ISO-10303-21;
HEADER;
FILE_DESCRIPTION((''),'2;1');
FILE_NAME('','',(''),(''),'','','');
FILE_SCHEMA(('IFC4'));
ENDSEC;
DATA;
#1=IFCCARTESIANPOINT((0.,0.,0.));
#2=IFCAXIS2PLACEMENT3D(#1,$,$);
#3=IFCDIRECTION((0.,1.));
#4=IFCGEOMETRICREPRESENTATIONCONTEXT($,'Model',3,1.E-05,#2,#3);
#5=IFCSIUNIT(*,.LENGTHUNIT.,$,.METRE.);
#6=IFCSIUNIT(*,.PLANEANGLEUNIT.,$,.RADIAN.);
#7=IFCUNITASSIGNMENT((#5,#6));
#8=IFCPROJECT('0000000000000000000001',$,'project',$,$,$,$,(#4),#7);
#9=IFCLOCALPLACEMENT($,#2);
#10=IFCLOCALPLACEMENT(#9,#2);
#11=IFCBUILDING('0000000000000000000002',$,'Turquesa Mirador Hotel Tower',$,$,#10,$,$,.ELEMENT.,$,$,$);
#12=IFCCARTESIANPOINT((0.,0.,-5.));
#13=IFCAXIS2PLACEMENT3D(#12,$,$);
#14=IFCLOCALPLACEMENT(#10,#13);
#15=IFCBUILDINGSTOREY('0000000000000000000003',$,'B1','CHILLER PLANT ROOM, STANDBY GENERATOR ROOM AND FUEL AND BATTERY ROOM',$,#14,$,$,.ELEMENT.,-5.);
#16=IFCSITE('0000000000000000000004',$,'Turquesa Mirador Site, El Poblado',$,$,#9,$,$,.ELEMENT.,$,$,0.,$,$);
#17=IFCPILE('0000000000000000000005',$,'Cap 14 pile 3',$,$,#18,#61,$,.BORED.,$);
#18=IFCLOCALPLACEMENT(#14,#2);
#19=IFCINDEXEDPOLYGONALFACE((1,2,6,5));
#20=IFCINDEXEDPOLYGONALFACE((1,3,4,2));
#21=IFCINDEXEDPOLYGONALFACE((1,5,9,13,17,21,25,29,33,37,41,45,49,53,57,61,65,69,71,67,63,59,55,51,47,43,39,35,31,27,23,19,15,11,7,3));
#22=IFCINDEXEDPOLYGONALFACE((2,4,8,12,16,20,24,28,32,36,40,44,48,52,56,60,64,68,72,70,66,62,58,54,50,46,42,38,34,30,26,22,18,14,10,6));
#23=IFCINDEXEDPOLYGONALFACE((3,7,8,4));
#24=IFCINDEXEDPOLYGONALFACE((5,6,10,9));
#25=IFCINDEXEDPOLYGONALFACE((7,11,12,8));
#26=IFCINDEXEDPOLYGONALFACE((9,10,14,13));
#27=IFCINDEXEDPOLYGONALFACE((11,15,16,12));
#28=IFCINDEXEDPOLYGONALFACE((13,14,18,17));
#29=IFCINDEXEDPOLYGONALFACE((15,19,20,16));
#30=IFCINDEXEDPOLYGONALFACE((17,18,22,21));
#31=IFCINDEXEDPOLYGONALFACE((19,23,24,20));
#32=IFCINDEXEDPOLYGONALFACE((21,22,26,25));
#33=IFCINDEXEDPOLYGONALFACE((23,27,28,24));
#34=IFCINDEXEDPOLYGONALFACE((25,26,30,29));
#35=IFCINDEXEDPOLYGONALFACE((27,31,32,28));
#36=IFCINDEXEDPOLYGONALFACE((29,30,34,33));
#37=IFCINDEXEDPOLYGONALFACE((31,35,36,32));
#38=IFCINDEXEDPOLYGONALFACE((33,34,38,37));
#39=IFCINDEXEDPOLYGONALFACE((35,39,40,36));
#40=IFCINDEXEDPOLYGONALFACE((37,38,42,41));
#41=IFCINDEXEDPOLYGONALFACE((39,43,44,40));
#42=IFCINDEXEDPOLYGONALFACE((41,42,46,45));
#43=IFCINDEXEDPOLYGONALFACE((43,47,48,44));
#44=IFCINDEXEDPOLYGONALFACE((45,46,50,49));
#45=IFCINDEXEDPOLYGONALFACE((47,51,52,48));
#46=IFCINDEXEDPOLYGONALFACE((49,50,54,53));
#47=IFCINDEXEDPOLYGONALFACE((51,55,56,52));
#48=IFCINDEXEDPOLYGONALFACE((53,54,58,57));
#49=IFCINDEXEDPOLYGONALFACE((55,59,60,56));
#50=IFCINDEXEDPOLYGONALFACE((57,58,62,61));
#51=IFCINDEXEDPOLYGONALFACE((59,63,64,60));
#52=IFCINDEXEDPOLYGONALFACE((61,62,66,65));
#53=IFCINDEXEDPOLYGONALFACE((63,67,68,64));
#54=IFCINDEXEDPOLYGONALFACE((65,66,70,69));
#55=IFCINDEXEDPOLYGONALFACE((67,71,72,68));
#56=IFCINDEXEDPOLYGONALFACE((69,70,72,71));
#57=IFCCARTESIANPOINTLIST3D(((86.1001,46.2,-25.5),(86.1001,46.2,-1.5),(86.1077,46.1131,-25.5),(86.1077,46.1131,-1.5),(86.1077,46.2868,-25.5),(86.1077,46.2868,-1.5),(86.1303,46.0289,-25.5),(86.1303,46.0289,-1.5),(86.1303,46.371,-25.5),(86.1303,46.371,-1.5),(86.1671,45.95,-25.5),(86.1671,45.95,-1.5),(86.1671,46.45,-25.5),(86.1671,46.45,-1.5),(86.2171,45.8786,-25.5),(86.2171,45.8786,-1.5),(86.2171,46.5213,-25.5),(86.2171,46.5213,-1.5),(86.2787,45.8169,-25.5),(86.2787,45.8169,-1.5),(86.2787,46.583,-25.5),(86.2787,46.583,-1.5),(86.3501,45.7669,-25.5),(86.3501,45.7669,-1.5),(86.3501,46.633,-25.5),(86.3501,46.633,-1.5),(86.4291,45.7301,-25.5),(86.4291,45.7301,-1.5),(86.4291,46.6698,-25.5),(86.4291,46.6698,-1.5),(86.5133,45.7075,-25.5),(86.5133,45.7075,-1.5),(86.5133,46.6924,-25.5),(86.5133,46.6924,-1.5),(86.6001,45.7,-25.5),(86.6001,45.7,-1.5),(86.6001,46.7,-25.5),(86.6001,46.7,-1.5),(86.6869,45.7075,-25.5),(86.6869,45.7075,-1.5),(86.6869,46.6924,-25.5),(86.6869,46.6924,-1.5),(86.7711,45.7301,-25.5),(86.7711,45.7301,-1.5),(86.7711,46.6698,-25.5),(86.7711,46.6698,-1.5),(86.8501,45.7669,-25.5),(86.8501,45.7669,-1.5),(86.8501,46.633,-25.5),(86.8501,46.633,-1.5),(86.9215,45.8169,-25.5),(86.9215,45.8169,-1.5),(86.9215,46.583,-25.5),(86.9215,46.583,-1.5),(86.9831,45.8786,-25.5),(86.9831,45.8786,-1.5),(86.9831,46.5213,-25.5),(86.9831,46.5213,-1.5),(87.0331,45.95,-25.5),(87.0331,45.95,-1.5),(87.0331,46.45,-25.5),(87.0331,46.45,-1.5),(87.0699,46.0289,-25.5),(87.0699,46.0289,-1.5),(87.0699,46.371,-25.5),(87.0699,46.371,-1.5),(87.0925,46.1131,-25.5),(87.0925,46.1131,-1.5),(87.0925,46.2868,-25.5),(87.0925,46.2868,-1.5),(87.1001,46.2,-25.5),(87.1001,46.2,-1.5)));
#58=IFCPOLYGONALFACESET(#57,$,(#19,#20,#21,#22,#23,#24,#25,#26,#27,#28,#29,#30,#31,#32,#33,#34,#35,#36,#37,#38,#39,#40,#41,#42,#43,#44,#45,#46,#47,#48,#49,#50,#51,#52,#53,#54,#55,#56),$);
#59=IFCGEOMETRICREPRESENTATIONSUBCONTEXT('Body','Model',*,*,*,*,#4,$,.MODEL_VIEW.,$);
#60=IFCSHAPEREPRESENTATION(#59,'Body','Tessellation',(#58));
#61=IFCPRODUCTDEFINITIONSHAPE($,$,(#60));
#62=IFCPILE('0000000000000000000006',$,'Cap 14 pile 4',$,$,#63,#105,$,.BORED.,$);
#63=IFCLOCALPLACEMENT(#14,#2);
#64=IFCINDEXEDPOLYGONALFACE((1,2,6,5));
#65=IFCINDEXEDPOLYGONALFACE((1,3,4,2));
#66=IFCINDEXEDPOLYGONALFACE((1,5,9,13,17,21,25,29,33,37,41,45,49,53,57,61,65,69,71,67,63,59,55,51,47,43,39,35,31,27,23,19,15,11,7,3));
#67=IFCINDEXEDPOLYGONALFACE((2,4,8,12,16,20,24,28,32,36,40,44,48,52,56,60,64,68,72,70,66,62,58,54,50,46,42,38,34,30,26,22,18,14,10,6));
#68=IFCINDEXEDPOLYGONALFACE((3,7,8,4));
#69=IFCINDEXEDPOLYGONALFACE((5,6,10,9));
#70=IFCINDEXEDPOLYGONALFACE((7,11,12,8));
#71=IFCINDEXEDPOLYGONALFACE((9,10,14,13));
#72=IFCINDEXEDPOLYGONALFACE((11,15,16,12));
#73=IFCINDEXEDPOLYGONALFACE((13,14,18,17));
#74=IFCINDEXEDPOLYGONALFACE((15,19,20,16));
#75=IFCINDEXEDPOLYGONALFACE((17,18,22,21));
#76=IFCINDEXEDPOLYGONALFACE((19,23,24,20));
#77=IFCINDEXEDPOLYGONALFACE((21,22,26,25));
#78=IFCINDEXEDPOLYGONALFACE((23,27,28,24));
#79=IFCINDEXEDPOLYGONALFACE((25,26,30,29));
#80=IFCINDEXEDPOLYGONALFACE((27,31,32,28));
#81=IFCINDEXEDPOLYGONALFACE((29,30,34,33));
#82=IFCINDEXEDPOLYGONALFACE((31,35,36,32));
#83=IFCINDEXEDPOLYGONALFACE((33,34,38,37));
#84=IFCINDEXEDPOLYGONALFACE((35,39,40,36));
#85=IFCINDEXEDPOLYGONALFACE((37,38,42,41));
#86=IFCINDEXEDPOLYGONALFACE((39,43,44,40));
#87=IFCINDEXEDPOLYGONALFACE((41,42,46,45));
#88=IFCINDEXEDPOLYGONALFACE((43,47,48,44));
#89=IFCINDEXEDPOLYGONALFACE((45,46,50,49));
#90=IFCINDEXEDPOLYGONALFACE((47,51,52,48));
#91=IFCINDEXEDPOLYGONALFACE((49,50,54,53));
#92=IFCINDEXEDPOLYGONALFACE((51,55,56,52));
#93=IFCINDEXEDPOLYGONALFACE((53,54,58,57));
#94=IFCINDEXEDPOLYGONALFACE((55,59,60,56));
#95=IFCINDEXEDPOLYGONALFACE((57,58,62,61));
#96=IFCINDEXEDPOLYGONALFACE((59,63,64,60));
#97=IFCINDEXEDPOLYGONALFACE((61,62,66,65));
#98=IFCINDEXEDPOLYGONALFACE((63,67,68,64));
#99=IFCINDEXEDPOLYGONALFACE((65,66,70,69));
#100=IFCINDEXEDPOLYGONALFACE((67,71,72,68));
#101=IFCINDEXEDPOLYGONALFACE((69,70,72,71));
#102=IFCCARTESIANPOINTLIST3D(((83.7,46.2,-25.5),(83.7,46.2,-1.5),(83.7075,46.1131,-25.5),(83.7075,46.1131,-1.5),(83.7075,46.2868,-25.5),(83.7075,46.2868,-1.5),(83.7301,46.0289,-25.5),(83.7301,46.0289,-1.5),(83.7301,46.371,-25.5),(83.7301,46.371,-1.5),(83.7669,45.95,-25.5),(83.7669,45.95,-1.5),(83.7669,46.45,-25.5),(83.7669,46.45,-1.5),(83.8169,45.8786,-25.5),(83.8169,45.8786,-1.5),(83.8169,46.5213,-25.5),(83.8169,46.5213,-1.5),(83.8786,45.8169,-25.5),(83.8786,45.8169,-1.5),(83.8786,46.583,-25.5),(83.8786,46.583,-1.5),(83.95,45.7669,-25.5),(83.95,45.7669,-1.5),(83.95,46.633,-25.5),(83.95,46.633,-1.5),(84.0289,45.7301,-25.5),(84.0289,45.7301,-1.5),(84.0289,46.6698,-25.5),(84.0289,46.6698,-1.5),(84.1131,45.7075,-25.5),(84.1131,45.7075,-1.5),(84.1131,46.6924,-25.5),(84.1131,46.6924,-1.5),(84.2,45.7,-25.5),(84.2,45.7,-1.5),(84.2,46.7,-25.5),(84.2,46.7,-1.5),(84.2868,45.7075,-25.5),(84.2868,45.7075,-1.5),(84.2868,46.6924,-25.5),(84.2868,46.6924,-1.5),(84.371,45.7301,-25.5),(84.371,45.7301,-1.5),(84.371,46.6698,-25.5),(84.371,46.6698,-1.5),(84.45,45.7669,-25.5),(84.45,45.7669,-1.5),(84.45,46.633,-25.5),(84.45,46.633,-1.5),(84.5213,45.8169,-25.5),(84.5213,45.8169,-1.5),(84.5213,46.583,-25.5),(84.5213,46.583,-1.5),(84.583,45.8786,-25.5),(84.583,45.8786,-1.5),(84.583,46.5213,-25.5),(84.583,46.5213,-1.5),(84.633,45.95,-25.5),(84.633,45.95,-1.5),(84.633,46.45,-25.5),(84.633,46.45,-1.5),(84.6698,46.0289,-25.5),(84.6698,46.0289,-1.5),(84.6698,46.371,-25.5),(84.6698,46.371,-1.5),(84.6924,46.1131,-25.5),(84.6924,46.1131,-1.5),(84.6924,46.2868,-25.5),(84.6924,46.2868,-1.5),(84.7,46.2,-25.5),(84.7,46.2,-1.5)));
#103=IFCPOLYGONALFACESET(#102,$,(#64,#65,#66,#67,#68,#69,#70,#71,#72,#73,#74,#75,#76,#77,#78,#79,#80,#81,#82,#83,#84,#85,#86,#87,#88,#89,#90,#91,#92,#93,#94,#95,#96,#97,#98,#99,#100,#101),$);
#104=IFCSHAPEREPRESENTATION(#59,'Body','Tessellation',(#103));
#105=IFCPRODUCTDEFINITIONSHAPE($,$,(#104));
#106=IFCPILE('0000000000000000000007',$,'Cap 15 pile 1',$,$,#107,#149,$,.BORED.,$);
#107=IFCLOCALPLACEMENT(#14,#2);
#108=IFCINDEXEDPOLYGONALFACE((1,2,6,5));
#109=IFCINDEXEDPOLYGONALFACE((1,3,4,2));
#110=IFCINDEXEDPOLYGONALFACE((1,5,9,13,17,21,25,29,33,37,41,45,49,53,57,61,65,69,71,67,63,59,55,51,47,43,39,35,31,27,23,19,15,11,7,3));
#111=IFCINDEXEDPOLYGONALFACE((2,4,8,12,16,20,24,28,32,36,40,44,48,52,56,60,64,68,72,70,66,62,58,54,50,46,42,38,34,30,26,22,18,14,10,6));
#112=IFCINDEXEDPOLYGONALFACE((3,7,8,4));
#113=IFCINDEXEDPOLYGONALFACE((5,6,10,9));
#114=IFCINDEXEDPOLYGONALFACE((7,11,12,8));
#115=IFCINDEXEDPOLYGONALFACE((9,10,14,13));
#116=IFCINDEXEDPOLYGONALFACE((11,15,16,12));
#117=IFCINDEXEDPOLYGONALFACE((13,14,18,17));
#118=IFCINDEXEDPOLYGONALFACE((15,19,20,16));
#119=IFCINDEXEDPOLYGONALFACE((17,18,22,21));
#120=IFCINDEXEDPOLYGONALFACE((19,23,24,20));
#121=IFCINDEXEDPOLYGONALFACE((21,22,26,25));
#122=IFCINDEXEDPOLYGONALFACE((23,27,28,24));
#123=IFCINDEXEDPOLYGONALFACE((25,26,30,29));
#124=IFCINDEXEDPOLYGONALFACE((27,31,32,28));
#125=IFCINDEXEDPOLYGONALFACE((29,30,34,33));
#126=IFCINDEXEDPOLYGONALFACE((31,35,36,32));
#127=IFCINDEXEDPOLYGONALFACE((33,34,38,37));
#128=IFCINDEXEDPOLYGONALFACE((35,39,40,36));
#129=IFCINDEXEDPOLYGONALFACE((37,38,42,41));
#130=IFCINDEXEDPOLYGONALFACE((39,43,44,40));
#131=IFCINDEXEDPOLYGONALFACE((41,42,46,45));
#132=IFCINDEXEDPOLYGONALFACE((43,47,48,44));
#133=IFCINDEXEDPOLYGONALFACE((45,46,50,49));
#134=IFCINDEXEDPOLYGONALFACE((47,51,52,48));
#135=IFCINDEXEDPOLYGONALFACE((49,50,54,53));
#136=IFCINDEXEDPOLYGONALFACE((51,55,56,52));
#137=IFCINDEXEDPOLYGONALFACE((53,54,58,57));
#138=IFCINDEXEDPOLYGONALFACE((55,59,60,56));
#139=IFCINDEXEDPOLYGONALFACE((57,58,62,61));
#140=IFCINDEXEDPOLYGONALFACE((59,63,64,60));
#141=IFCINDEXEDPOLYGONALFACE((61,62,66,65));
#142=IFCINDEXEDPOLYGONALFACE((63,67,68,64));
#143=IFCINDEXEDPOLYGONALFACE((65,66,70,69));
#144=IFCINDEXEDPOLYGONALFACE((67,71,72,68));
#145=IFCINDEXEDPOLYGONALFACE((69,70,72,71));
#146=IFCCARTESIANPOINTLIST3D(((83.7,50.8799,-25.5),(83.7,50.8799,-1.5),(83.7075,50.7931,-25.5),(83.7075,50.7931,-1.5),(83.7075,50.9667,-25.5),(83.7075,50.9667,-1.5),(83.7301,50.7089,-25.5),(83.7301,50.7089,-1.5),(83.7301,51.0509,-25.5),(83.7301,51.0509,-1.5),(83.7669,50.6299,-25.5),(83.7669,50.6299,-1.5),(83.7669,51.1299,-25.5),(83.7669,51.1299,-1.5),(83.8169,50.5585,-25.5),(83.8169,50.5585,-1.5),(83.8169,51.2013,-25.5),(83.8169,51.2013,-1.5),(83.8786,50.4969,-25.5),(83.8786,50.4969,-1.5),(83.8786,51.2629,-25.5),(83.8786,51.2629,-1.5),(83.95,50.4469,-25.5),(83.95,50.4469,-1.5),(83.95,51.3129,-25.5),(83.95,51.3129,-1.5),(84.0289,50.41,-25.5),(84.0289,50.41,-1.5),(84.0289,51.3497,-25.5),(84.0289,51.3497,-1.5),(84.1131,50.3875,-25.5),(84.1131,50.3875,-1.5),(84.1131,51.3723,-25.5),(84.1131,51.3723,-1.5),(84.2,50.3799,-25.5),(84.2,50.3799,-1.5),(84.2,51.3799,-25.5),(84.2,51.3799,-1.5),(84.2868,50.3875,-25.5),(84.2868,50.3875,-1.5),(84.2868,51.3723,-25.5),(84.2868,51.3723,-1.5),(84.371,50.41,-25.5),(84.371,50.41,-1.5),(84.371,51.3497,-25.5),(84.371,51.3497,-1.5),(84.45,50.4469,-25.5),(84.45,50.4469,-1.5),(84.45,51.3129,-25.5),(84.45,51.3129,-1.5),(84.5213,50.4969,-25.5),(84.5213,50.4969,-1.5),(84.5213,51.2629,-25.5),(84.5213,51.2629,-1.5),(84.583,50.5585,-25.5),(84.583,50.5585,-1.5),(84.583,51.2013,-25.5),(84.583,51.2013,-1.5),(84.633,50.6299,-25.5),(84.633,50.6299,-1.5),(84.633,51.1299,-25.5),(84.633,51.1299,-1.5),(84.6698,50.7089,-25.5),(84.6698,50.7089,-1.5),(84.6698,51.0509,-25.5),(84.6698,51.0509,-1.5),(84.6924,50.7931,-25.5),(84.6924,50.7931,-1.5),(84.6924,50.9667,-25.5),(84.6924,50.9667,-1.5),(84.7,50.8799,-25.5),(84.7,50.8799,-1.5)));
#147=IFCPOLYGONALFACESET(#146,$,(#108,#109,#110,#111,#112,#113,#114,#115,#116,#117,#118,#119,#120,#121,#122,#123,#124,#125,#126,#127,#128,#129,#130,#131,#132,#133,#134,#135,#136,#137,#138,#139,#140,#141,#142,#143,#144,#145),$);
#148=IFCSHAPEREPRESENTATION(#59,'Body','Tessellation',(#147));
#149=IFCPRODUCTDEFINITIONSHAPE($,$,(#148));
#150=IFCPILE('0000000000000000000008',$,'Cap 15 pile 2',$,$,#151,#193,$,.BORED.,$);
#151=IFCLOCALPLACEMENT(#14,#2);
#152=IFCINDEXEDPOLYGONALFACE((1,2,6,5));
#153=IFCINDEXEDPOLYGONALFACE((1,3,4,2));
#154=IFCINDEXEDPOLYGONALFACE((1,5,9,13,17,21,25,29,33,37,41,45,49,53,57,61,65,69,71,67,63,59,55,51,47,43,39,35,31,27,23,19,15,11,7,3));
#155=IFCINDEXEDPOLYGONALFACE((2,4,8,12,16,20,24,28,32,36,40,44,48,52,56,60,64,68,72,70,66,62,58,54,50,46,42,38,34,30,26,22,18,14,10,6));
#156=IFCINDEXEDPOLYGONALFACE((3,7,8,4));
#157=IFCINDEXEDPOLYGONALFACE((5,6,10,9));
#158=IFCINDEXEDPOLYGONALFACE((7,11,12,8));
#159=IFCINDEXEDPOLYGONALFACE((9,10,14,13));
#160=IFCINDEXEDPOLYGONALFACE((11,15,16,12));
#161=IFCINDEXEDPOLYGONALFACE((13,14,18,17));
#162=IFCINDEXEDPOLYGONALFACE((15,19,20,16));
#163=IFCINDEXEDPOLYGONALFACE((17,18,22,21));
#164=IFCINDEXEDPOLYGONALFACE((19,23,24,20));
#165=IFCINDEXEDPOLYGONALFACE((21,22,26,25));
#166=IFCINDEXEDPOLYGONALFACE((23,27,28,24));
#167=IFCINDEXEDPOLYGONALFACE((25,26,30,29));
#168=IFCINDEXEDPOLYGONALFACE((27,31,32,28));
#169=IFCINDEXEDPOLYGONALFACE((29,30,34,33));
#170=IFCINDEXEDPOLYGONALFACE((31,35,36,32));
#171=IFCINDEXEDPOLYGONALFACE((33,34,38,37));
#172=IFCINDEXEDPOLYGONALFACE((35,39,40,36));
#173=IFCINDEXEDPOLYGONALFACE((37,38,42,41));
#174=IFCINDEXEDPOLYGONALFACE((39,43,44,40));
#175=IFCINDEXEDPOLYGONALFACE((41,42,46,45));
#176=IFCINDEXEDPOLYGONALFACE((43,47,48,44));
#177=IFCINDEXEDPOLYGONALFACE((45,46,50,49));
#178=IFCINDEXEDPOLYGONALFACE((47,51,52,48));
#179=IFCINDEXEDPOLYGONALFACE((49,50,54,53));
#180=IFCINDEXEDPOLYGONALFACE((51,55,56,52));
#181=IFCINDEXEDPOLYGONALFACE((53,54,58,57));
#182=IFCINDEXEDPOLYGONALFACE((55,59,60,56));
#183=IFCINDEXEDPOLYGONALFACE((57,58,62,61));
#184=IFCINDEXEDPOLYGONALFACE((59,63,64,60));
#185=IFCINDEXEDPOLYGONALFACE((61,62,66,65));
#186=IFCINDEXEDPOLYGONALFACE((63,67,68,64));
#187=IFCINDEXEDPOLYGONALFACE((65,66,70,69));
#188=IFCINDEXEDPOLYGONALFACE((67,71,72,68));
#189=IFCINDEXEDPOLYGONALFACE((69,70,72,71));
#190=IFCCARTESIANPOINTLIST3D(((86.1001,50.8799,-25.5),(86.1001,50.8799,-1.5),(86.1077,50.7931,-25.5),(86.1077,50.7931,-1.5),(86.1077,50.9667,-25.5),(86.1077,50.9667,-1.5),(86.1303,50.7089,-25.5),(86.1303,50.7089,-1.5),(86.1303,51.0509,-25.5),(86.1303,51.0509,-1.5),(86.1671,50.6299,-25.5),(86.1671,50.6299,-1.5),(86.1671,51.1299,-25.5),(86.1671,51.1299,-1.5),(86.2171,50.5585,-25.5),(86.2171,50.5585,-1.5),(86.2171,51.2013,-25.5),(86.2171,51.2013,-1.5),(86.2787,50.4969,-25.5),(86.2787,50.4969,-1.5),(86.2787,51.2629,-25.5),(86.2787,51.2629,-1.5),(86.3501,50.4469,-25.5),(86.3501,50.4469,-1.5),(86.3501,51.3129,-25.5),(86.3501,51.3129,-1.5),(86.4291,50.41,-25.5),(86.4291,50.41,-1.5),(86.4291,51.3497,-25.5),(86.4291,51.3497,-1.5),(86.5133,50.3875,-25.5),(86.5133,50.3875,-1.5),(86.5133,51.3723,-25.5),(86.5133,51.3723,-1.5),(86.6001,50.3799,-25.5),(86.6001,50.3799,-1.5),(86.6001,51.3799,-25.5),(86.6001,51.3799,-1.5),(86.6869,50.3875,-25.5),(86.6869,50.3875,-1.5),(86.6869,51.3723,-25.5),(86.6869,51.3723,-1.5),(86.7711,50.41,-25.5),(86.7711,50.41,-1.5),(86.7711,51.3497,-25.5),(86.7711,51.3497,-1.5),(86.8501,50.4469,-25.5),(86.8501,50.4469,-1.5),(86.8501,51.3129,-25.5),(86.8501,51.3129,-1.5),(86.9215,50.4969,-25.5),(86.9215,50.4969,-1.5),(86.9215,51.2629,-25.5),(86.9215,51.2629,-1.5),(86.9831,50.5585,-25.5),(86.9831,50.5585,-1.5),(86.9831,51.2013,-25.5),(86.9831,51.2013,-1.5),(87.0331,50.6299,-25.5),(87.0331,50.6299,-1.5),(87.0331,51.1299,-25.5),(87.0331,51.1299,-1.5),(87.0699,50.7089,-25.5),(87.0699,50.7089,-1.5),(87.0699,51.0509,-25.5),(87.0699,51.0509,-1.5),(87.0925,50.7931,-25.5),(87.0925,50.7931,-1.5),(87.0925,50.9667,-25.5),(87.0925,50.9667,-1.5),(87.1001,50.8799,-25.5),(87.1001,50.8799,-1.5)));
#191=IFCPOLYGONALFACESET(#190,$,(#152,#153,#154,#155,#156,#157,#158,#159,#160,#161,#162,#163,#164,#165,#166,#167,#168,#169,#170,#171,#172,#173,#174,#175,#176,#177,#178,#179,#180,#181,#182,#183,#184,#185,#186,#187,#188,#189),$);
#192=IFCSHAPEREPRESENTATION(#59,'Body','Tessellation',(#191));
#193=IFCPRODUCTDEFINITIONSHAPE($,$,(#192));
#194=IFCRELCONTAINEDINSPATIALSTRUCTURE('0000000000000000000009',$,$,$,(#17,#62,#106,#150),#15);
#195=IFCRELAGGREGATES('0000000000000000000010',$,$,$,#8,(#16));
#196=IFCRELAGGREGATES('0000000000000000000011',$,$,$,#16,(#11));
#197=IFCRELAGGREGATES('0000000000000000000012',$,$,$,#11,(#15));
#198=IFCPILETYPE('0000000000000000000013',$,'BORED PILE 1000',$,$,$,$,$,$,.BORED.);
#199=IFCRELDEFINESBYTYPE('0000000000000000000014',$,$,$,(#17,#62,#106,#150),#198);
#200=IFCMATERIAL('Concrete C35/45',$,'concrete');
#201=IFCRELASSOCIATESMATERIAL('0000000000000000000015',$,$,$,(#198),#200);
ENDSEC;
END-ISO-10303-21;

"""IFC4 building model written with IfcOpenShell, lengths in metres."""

from ifc_helpers import new_model, si_unit, direction, frame, origin, origin_2d, place, context, subcontext, project, spatial, circle, extrude, material, type_object, element, save


model = new_model("IFC4")

# Units and contexts
model_context = context("Model", 3, precision=1e-05, world=origin(), true_north=direction((0.0, 1.0)))
body_context = subcontext(model_context, "Body", "Model", "MODEL_VIEW")
ifc_project = project(units=[si_unit("LENGTHUNIT", "METRE"), si_unit("PLANEANGLEUNIT", "RADIAN")], contexts=[model_context])

# Site, building, storey
site_placement = place(None, origin())
site = spatial("IfcSite", under=ifc_project, at=site_placement, Name="Turquesa Mirador Site, El Poblado", CompositionType="ELEMENT", RefElevation=0.0)
building_placement = place(site_placement, origin())
building = spatial("IfcBuilding", under=site, at=building_placement, Name="Turquesa Mirador Hotel Tower", CompositionType="ELEMENT")
storey_placement = place(building_placement, frame((0.0, 0.0, -5.0)))
storey = spatial("IfcBuildingStorey", under=building, at=storey_placement, Name="B1", Description="CHILLER PLANT ROOM, STANDBY GENERATOR ROOM AND FUEL AND BATTERY ROOM", CompositionType="ELEMENT", Elevation=-5.0)

# Piles
ifc_material_1 = material(Name="Concrete C35/45", Category="concrete")
pile_type_1 = type_object("IfcPileType", Name="BORED PILE 1000", PredefinedType="BORED", material=ifc_material_1)
for number, where, z_axis, x_axis, name in (
    (1, (86.6001, 46.2, -1.5), (0.0, 0.0, -1.0), (1.0, 0.0, 0.0), "Cap 14 pile 3"),
    (2, (84.2, 46.2, -1.5), (0.0, 0.0, -1.0), (1.0, 0.0, 0.0), "Cap 14 pile 4"),
    (3, (84.2, 50.8799, -1.5), (0.0, 0.0, -1.0), (1.0, 0.0, 0.0), "Cap 15 pile 1"),
    (4, (86.6001, 50.8799, -1.5), (0.0, 0.0, -1.0), (1.0, 0.0, 0.0), "Cap 15 pile 2"),
):
    element("IfcPile", number, at=place(storey_placement, frame(where, z_axis=z_axis, x_axis=x_axis)), inside=storey, type_object=pile_type_1, Name=name, PredefinedType="BORED", context=body_context, shape_type="SweptSolid", body=[
        extrude(circle(Radius=0.5, at=origin_2d()), origin(), (0.0, 0.0, 1.0), 24.0),
    ])

save(model, "model.ifc")
